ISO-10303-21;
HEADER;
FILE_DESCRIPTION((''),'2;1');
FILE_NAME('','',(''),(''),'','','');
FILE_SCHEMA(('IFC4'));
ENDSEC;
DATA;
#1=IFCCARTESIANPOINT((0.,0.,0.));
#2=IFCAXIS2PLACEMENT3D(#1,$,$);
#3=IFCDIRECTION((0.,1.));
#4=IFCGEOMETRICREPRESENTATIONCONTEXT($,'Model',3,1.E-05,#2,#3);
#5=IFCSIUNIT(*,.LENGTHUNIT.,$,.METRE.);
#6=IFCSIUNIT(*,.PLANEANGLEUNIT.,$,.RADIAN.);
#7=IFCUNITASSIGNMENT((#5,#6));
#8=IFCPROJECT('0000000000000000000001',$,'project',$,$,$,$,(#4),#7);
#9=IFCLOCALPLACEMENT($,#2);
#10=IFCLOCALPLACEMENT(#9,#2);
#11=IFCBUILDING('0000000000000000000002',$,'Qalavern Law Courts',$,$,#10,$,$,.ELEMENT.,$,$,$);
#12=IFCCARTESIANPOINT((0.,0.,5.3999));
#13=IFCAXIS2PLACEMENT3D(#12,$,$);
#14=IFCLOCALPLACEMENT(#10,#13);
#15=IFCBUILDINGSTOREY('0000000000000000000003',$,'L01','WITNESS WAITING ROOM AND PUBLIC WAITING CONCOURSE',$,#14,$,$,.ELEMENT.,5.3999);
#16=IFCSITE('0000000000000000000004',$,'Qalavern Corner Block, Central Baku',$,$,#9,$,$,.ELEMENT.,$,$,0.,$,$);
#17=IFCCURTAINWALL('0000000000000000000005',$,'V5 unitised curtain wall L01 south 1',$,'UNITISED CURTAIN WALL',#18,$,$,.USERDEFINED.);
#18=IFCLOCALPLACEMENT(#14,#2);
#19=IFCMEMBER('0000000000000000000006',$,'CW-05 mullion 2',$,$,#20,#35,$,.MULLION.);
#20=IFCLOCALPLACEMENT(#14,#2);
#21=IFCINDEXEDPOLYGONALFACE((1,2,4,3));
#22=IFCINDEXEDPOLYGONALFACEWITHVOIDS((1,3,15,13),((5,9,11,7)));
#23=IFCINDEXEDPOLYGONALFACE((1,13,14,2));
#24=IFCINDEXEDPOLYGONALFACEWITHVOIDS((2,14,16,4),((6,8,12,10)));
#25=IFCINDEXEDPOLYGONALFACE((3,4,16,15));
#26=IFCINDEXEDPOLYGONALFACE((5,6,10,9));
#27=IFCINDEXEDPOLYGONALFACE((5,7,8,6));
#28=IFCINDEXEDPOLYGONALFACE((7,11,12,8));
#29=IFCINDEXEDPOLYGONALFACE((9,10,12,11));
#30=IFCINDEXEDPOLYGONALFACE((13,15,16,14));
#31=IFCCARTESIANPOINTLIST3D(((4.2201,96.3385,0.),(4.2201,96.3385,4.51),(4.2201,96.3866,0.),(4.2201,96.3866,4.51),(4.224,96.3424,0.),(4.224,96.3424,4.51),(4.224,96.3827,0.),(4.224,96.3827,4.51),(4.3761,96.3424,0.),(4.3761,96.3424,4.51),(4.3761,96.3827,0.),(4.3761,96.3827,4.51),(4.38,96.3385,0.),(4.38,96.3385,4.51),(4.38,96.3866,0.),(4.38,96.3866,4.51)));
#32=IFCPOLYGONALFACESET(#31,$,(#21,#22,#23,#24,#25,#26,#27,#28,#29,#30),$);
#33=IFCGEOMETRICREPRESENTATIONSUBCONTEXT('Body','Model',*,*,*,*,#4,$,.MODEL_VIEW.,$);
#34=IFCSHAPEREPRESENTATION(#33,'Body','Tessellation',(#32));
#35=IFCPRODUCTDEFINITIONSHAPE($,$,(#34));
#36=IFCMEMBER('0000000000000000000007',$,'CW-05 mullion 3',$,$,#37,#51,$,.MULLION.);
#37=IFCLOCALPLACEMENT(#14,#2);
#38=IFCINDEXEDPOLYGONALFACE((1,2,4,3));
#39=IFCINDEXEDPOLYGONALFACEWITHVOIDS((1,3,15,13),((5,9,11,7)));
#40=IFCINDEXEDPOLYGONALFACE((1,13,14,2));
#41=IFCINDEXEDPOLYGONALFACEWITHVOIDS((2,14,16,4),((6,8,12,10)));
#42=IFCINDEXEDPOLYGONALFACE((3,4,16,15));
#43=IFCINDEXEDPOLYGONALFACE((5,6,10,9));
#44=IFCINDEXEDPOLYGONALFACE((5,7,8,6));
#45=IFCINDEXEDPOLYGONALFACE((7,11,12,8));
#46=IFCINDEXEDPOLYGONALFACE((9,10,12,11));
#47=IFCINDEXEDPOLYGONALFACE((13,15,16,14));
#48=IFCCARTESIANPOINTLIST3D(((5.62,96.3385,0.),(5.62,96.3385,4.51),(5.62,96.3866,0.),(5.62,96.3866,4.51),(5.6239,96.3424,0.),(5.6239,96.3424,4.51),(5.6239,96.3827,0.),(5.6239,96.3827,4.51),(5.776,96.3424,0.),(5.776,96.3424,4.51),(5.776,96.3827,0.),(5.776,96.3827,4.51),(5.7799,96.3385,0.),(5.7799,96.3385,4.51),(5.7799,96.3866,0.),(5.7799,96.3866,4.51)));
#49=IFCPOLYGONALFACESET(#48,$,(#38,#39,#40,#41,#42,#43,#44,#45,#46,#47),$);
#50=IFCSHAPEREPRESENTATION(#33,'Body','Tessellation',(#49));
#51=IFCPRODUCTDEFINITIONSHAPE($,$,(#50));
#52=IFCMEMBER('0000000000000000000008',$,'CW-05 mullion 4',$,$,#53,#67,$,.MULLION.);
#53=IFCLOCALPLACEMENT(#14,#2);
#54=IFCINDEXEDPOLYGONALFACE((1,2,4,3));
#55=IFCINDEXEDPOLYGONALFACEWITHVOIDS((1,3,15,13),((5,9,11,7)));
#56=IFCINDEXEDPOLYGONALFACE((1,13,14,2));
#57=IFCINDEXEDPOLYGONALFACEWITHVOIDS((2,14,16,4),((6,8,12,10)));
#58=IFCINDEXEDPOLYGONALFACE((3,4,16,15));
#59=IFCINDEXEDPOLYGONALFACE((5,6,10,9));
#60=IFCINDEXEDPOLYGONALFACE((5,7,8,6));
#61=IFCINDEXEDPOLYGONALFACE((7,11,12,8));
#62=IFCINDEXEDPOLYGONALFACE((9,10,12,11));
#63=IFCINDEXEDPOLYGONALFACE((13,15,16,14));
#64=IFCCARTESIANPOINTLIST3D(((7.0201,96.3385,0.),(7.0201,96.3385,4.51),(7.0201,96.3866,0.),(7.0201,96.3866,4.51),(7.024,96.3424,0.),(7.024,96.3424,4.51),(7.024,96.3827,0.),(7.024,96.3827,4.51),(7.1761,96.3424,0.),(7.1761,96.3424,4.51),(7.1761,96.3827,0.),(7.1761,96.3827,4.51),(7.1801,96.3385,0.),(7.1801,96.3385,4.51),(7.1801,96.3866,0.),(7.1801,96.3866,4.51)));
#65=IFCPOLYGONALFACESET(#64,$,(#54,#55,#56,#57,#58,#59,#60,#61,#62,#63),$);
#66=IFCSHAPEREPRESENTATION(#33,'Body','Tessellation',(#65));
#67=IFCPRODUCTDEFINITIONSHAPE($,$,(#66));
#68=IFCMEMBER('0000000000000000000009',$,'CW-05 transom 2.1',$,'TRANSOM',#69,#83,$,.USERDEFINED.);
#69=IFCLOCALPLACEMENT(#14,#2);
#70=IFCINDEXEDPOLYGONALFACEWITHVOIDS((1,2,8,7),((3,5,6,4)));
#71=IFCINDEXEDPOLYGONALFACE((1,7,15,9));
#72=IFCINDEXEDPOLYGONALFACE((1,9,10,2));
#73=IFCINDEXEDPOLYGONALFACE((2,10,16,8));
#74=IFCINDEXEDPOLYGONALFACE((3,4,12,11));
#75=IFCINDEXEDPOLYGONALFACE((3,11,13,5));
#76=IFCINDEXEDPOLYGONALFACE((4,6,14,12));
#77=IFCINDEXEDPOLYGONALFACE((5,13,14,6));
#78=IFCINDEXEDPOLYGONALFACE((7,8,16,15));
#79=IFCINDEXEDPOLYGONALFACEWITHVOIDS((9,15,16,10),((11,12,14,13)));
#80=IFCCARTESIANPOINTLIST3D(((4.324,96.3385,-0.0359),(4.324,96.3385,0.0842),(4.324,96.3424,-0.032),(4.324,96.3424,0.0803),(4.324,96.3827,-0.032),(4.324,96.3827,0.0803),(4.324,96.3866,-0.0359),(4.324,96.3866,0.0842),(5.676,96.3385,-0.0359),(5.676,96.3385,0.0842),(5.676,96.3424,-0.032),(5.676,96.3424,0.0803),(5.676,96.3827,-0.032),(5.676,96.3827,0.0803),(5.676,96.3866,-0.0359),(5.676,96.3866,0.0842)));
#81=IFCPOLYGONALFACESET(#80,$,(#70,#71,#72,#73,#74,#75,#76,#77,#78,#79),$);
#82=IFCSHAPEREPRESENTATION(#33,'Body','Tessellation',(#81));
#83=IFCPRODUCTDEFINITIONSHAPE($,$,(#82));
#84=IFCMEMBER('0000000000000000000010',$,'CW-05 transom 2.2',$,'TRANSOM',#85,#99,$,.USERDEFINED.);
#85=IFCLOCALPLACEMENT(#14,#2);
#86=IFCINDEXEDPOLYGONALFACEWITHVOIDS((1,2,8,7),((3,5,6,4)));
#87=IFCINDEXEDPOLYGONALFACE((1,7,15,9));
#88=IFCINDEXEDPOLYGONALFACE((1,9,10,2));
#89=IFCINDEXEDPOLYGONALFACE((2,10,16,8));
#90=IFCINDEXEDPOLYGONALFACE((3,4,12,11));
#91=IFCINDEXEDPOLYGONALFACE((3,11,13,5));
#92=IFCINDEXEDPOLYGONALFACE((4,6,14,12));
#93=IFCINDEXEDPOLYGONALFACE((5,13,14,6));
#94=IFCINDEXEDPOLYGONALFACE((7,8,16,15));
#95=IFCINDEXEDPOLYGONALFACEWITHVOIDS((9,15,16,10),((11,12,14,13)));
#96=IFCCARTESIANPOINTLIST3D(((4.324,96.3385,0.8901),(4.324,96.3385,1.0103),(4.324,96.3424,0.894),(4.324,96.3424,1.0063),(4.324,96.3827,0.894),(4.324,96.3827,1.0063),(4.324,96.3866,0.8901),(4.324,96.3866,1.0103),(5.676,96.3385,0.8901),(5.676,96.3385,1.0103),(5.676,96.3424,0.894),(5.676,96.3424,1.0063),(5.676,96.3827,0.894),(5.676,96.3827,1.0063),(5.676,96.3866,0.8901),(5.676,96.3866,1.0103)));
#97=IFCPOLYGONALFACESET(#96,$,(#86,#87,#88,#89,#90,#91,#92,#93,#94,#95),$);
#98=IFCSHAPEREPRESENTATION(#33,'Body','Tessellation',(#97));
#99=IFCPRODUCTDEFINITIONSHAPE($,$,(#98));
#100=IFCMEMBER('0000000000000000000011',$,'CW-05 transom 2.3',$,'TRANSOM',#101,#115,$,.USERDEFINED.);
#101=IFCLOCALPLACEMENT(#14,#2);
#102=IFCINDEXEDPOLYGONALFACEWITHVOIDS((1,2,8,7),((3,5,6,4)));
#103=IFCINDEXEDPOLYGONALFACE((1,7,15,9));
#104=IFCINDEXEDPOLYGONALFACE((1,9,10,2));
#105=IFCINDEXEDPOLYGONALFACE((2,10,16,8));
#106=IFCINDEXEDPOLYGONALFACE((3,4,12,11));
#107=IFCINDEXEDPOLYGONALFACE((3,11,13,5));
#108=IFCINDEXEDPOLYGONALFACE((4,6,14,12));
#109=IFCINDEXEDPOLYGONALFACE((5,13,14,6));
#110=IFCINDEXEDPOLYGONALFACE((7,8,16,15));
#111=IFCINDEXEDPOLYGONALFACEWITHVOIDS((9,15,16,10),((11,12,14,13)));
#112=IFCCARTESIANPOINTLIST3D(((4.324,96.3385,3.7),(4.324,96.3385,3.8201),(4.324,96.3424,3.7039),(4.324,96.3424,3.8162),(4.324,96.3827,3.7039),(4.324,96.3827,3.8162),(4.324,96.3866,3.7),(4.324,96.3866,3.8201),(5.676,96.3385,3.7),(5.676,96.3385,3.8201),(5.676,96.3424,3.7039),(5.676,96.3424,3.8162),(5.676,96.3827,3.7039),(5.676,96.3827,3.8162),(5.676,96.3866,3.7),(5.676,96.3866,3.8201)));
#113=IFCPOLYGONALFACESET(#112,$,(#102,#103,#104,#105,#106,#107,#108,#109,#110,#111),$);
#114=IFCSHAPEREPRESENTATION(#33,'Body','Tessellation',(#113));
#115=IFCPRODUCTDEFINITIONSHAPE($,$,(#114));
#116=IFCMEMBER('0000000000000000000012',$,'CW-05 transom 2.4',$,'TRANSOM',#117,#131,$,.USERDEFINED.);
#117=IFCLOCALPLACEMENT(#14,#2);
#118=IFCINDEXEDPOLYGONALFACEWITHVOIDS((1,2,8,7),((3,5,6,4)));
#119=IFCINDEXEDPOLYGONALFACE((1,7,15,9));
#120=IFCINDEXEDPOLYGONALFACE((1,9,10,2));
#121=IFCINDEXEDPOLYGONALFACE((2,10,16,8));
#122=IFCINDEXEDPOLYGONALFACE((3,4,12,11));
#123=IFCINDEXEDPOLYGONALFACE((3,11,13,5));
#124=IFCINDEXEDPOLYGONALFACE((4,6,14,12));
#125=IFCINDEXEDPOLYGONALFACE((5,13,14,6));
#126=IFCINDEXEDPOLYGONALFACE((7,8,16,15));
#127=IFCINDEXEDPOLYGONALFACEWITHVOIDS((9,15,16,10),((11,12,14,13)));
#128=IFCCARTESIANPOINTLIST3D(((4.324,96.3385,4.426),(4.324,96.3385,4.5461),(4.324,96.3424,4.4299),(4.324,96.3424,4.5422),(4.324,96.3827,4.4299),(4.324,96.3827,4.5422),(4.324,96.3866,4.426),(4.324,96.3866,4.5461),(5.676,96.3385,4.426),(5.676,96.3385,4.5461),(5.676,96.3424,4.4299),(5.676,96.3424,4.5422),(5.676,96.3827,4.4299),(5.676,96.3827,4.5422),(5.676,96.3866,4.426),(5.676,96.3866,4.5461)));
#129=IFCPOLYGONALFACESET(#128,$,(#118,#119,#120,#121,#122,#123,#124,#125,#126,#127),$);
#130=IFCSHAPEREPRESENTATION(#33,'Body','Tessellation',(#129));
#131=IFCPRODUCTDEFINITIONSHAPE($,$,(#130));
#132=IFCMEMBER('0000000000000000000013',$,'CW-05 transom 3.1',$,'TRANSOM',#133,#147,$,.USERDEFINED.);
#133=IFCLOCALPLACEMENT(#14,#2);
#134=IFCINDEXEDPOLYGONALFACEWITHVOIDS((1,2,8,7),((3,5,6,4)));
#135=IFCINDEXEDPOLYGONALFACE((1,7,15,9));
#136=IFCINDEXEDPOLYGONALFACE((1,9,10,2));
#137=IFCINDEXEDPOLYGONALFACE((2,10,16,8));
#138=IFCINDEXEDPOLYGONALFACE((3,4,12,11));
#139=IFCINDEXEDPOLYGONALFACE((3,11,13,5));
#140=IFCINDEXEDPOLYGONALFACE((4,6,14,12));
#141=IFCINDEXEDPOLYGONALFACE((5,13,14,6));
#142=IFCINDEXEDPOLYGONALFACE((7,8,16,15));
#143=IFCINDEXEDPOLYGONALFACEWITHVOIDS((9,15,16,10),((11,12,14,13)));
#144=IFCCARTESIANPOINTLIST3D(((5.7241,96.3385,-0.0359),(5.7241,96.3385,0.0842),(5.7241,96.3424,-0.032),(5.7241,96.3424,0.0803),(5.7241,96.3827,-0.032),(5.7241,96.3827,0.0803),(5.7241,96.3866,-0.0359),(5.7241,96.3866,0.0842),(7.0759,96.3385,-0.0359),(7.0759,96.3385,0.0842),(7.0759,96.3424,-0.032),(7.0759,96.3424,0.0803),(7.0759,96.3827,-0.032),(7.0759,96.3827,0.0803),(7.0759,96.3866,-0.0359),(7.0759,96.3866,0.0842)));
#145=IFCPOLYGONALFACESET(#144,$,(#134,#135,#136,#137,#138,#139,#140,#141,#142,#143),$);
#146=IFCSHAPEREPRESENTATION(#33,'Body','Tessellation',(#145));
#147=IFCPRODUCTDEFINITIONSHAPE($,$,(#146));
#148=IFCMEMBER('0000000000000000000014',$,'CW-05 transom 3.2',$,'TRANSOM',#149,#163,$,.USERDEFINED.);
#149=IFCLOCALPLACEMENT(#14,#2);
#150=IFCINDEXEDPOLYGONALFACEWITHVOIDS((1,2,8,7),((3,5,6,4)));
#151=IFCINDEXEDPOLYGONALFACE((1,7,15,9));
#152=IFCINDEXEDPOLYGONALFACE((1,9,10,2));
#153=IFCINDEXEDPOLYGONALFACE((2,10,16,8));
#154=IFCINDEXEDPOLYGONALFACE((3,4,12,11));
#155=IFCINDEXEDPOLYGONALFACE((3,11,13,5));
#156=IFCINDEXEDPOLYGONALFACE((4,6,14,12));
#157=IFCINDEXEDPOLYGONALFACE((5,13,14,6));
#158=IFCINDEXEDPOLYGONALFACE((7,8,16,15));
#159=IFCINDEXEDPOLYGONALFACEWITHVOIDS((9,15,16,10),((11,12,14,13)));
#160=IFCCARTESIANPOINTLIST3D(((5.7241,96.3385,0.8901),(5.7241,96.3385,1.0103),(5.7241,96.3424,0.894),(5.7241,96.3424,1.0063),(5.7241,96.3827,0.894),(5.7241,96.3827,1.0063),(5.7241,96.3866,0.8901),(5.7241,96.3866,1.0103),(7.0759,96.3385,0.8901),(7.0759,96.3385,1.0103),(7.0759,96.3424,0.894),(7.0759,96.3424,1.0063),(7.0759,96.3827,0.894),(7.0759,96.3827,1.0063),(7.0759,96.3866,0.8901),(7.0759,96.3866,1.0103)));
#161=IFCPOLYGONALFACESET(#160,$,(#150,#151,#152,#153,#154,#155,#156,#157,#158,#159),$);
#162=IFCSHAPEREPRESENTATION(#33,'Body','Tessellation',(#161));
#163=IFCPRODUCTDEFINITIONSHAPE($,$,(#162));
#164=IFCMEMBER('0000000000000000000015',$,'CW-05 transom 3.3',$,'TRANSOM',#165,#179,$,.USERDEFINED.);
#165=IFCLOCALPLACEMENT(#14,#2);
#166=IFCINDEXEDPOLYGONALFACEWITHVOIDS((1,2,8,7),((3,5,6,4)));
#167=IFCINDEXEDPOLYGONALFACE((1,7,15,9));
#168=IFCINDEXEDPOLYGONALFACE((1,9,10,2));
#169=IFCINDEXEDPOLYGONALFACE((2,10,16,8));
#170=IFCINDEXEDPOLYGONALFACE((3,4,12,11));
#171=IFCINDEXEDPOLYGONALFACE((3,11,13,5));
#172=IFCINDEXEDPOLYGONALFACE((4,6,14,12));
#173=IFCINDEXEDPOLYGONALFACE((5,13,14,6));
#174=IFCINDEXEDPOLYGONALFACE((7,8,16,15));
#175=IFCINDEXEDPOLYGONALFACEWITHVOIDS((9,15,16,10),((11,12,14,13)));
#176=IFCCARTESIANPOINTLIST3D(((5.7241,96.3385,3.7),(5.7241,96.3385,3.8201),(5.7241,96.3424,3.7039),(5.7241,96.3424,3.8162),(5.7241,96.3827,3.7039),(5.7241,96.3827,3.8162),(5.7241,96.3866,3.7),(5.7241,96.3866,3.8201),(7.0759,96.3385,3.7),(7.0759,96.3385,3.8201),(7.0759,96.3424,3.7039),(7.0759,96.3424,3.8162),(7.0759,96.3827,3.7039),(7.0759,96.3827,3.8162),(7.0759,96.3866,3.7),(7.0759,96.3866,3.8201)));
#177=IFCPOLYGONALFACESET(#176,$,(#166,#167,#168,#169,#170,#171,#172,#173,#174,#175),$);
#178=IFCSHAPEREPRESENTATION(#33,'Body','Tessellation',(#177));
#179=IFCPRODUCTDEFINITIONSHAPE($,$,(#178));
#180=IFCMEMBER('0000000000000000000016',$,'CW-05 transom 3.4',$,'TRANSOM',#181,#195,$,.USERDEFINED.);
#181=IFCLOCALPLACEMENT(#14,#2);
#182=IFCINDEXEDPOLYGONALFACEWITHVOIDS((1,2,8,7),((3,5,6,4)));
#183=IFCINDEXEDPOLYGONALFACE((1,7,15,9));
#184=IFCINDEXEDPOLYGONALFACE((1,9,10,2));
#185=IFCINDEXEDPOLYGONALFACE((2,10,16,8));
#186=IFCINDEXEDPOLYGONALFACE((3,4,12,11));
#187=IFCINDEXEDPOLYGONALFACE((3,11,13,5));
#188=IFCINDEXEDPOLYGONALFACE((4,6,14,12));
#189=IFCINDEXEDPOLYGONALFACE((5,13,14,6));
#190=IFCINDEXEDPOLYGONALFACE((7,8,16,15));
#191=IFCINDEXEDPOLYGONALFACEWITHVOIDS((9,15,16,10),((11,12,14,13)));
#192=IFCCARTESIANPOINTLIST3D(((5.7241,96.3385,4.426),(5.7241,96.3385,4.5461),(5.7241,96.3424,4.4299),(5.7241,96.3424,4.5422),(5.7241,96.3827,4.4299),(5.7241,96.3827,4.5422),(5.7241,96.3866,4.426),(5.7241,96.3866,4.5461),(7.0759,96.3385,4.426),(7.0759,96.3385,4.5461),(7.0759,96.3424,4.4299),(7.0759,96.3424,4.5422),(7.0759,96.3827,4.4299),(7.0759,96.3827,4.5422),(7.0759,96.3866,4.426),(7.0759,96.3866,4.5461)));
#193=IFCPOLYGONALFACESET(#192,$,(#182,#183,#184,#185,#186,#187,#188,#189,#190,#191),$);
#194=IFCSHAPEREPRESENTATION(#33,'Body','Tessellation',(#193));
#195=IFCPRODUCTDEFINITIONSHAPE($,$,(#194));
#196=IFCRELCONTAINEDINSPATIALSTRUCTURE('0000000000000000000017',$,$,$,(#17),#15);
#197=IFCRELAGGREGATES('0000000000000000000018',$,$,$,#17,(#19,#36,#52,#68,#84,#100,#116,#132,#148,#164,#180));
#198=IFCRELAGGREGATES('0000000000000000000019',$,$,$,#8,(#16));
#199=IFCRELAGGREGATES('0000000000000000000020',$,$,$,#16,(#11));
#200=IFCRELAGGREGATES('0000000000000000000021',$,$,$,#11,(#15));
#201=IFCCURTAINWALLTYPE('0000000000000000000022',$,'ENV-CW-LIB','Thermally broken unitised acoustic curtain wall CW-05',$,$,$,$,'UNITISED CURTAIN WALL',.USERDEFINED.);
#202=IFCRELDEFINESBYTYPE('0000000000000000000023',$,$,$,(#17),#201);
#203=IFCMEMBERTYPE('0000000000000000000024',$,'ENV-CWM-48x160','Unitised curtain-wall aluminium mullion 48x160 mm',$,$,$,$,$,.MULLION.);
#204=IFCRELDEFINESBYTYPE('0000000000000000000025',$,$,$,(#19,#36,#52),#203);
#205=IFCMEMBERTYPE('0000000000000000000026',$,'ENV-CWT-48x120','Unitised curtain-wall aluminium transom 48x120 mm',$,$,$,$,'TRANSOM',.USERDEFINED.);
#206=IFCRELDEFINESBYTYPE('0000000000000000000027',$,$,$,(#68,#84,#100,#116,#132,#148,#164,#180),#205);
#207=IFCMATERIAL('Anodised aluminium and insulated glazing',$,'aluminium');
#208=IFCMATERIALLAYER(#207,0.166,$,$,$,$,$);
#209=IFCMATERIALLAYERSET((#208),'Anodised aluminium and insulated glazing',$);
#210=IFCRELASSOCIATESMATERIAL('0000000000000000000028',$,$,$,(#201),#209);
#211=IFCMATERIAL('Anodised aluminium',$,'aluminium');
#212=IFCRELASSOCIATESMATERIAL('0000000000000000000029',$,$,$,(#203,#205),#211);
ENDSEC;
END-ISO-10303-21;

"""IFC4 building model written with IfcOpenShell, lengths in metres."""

from ifc_helpers import new_model, si_unit, direction, frame, origin, origin_2d, place, context, subcontext, project, spatial, hollow_rectangle, extrude, material, layer, layer_set, material_profile, profile_set, type_object, element, aggregate, save


model = new_model("IFC4")

# Units and contexts
model_context = context("Model", 3, precision=1e-05, world=origin(), true_north=direction((0.0, 1.0)))
body_context = subcontext(model_context, "Body", "Model", "MODEL_VIEW")
ifc_project = project(units=[si_unit("LENGTHUNIT", "METRE"), si_unit("PLANEANGLEUNIT", "RADIAN")], contexts=[model_context])

# Site, building, storey
site_placement = place(None, origin())
site = spatial("IfcSite", under=ifc_project, at=site_placement, Name="Qalavern Corner Block, Central Baku", CompositionType="ELEMENT", RefElevation=0.0)
building_placement = place(site_placement, origin())
building = spatial("IfcBuilding", under=site, at=building_placement, Name="Qalavern Law Courts", CompositionType="ELEMENT")
storey_placement = place(building_placement, frame((0.0, 0.0, 5.3999)))
storey = spatial("IfcBuildingStorey", under=building, at=storey_placement, Name="L01", Description="WITNESS WAITING ROOM AND PUBLIC WAITING CONCOURSE", CompositionType="ELEMENT", Elevation=5.3999)

# Curtain wall, members
ifc_material_1 = material(Name="Anodised aluminium and insulated glazing", Category="aluminium")
ifc_layer_1 = layer(ifc_material_1, 0.166)
ifc_layer_set_1 = layer_set([ifc_layer_1], Name="Anodised aluminium and insulated glazing")
curtain_wall_type = type_object("IfcCurtainWallType", Name="ENV-CW-LIB", Description="Thermally broken unitised acoustic curtain wall CW-05", ElementType="UNITISED CURTAIN WALL", PredefinedType="USERDEFINED", material=ifc_layer_set_1)
curtain_wall_placement = place(storey_placement, origin())
curtain_wall = element("IfcCurtainWall", 1, at=curtain_wall_placement, inside=storey, type_object=curtain_wall_type, Name="V5 unitised curtain wall L01 south 1", ObjectType="UNITISED CURTAIN WALL", PredefinedType="USERDEFINED")
ifc_material_2 = material(Name="Anodised aluminium", Category="aluminium")
ifc_material_profile_1 = material_profile(ifc_material_2, hollow_rectangle(XDim=0.0481, YDim=0.1599, WallThickness=0.0039, at=origin_2d()), Name="ALU MULLION 48x160")
ifc_profile_set_1 = profile_set([ifc_material_profile_1], Name="Anodised aluminium")
member_type_1 = type_object("IfcMemberType", Name="ENV-CWM-48x160", Description="Unitised curtain-wall aluminium mullion 48x160 mm", PredefinedType="MULLION", material=ifc_profile_set_1)
member_1_placement = place(storey_placement, frame((4.3, 96.3625, 0.0), z_axis=(0.0, 0.0, 1.0), x_axis=(0.0, 1.0, 0.0)))
member_1 = element("IfcMember", 2, at=member_1_placement, type_object=member_type_1, Name="CW-05 mullion 2", PredefinedType="MULLION", context=body_context, shape_type="SweptSolid", body=[
    extrude(hollow_rectangle(XDim=0.0481, YDim=0.1599, WallThickness=0.0039, at=origin_2d()), origin(), (0.0, 0.0, 1.0), 4.51),
])
member_2_placement = place(storey_placement, frame((5.7, 96.3625, 0.0), z_axis=(0.0, 0.0, 1.0), x_axis=(0.0, 1.0, 0.0)))
member_2 = element("IfcMember", 3, at=member_2_placement, type_object=member_type_1, Name="CW-05 mullion 3", PredefinedType="MULLION", context=body_context, shape_type="SweptSolid", body=[
    extrude(hollow_rectangle(XDim=0.0481, YDim=0.1599, WallThickness=0.0039, at=origin_2d()), origin(), (0.0, 0.0, 1.0), 4.51),
])
member_3_placement = place(storey_placement, frame((7.1001, 96.3625, 0.0), z_axis=(0.0, 0.0, 1.0), x_axis=(0.0, 1.0, 0.0)))
member_3 = element("IfcMember", 4, at=member_3_placement, type_object=member_type_1, Name="CW-05 mullion 4", PredefinedType="MULLION", context=body_context, shape_type="SweptSolid", body=[
    extrude(hollow_rectangle(XDim=0.0481, YDim=0.1599, WallThickness=0.0039, at=origin_2d()), origin(), (0.0, 0.0, 1.0), 4.51),
])
ifc_material_profile_2 = material_profile(ifc_material_2, hollow_rectangle(XDim=0.0481, YDim=0.1201, WallThickness=0.0039, at=origin_2d()), Name="ALU TRANSOM 48x120")
ifc_profile_set_2 = profile_set([ifc_material_profile_2], Name="Anodised aluminium")
member_type_2 = type_object("IfcMemberType", Name="ENV-CWT-48x120", Description="Unitised curtain-wall aluminium transom 48x120 mm", ElementType="TRANSOM", PredefinedType="USERDEFINED", material=ifc_profile_set_2)
member_4_placement = place(storey_placement, frame((4.324, 96.3625, 0.0242), z_axis=(1.0, 0.0, 0.0), x_axis=(0.0, 1.0, 0.0)))
member_4 = element("IfcMember", 5, at=member_4_placement, type_object=member_type_2, Name="CW-05 transom 2.1", ObjectType="TRANSOM", PredefinedType="USERDEFINED", context=body_context, shape_type="SweptSolid", body=[
    extrude(hollow_rectangle(XDim=0.0481, YDim=0.1201, WallThickness=0.0039, at=origin_2d()), origin(), (0.0, 0.0, 1.0), 1.3521),
])
member_5_placement = place(storey_placement, frame((4.324, 96.3625, 0.9502), z_axis=(1.0, 0.0, 0.0), x_axis=(0.0, 1.0, 0.0)))
member_5 = element("IfcMember", 6, at=member_5_placement, type_object=member_type_2, Name="CW-05 transom 2.2", ObjectType="TRANSOM", PredefinedType="USERDEFINED", context=body_context, shape_type="SweptSolid", body=[
    extrude(hollow_rectangle(XDim=0.0481, YDim=0.1201, WallThickness=0.0039, at=origin_2d()), origin(), (0.0, 0.0, 1.0), 1.3521),
])
member_6_placement = place(storey_placement, frame((4.324, 96.3625, 3.76), z_axis=(1.0, 0.0, 0.0), x_axis=(0.0, 1.0, 0.0)))
member_6 = element("IfcMember", 7, at=member_6_placement, type_object=member_type_2, Name="CW-05 transom 2.3", ObjectType="TRANSOM", PredefinedType="USERDEFINED", context=body_context, shape_type="SweptSolid", body=[
    extrude(hollow_rectangle(XDim=0.0481, YDim=0.1201, WallThickness=0.0039, at=origin_2d()), origin(), (0.0, 0.0, 1.0), 1.3521),
])
member_7_placement = place(storey_placement, frame((4.324, 96.3625, 4.4861), z_axis=(1.0, 0.0, 0.0), x_axis=(0.0, 1.0, 0.0)))
member_7 = element("IfcMember", 8, at=member_7_placement, type_object=member_type_2, Name="CW-05 transom 2.4", ObjectType="TRANSOM", PredefinedType="USERDEFINED", context=body_context, shape_type="SweptSolid", body=[
    extrude(hollow_rectangle(XDim=0.0481, YDim=0.1201, WallThickness=0.0039, at=origin_2d()), origin(), (0.0, 0.0, 1.0), 1.3521),
])
member_8_placement = place(storey_placement, frame((5.7241, 96.3625, 0.0242), z_axis=(1.0, 0.0, 0.0), x_axis=(0.0, 1.0, 0.0)))
member_8 = element("IfcMember", 9, at=member_8_placement, type_object=member_type_2, Name="CW-05 transom 3.1", ObjectType="TRANSOM", PredefinedType="USERDEFINED", context=body_context, shape_type="SweptSolid", body=[
    extrude(hollow_rectangle(XDim=0.0481, YDim=0.1201, WallThickness=0.0039, at=origin_2d()), origin(), (0.0, 0.0, 1.0), 1.3518),
])
member_9_placement = place(storey_placement, frame((5.7241, 96.3625, 0.9502), z_axis=(1.0, 0.0, 0.0), x_axis=(0.0, 1.0, 0.0)))
member_9 = element("IfcMember", 10, at=member_9_placement, type_object=member_type_2, Name="CW-05 transom 3.2", ObjectType="TRANSOM", PredefinedType="USERDEFINED", context=body_context, shape_type="SweptSolid", body=[
    extrude(hollow_rectangle(XDim=0.0481, YDim=0.1201, WallThickness=0.0039, at=origin_2d()), origin(), (0.0, 0.0, 1.0), 1.3518),
])
member_10_placement = place(storey_placement, frame((5.7241, 96.3625, 3.76), z_axis=(1.0, 0.0, 0.0), x_axis=(0.0, 1.0, 0.0)))
member_10 = element("IfcMember", 11, at=member_10_placement, type_object=member_type_2, Name="CW-05 transom 3.3", ObjectType="TRANSOM", PredefinedType="USERDEFINED", context=body_context, shape_type="SweptSolid", body=[
    extrude(hollow_rectangle(XDim=0.0481, YDim=0.1201, WallThickness=0.0039, at=origin_2d()), origin(), (0.0, 0.0, 1.0), 1.3518),
])
member_11_placement = place(storey_placement, frame((5.7241, 96.3625, 4.4861), z_axis=(1.0, 0.0, 0.0), x_axis=(0.0, 1.0, 0.0)))
member_11 = element("IfcMember", 12, at=member_11_placement, type_object=member_type_2, Name="CW-05 transom 3.4", ObjectType="TRANSOM", PredefinedType="USERDEFINED", context=body_context, shape_type="SweptSolid", body=[
    extrude(hollow_rectangle(XDim=0.0481, YDim=0.1201, WallThickness=0.0039, at=origin_2d()), origin(), (0.0, 0.0, 1.0), 1.3518),
])
aggregate(curtain_wall, [member_1, member_2, member_3, member_4, member_5, member_6, member_7, member_8, member_9, member_10, member_11])

save(model, "model.ifc")
